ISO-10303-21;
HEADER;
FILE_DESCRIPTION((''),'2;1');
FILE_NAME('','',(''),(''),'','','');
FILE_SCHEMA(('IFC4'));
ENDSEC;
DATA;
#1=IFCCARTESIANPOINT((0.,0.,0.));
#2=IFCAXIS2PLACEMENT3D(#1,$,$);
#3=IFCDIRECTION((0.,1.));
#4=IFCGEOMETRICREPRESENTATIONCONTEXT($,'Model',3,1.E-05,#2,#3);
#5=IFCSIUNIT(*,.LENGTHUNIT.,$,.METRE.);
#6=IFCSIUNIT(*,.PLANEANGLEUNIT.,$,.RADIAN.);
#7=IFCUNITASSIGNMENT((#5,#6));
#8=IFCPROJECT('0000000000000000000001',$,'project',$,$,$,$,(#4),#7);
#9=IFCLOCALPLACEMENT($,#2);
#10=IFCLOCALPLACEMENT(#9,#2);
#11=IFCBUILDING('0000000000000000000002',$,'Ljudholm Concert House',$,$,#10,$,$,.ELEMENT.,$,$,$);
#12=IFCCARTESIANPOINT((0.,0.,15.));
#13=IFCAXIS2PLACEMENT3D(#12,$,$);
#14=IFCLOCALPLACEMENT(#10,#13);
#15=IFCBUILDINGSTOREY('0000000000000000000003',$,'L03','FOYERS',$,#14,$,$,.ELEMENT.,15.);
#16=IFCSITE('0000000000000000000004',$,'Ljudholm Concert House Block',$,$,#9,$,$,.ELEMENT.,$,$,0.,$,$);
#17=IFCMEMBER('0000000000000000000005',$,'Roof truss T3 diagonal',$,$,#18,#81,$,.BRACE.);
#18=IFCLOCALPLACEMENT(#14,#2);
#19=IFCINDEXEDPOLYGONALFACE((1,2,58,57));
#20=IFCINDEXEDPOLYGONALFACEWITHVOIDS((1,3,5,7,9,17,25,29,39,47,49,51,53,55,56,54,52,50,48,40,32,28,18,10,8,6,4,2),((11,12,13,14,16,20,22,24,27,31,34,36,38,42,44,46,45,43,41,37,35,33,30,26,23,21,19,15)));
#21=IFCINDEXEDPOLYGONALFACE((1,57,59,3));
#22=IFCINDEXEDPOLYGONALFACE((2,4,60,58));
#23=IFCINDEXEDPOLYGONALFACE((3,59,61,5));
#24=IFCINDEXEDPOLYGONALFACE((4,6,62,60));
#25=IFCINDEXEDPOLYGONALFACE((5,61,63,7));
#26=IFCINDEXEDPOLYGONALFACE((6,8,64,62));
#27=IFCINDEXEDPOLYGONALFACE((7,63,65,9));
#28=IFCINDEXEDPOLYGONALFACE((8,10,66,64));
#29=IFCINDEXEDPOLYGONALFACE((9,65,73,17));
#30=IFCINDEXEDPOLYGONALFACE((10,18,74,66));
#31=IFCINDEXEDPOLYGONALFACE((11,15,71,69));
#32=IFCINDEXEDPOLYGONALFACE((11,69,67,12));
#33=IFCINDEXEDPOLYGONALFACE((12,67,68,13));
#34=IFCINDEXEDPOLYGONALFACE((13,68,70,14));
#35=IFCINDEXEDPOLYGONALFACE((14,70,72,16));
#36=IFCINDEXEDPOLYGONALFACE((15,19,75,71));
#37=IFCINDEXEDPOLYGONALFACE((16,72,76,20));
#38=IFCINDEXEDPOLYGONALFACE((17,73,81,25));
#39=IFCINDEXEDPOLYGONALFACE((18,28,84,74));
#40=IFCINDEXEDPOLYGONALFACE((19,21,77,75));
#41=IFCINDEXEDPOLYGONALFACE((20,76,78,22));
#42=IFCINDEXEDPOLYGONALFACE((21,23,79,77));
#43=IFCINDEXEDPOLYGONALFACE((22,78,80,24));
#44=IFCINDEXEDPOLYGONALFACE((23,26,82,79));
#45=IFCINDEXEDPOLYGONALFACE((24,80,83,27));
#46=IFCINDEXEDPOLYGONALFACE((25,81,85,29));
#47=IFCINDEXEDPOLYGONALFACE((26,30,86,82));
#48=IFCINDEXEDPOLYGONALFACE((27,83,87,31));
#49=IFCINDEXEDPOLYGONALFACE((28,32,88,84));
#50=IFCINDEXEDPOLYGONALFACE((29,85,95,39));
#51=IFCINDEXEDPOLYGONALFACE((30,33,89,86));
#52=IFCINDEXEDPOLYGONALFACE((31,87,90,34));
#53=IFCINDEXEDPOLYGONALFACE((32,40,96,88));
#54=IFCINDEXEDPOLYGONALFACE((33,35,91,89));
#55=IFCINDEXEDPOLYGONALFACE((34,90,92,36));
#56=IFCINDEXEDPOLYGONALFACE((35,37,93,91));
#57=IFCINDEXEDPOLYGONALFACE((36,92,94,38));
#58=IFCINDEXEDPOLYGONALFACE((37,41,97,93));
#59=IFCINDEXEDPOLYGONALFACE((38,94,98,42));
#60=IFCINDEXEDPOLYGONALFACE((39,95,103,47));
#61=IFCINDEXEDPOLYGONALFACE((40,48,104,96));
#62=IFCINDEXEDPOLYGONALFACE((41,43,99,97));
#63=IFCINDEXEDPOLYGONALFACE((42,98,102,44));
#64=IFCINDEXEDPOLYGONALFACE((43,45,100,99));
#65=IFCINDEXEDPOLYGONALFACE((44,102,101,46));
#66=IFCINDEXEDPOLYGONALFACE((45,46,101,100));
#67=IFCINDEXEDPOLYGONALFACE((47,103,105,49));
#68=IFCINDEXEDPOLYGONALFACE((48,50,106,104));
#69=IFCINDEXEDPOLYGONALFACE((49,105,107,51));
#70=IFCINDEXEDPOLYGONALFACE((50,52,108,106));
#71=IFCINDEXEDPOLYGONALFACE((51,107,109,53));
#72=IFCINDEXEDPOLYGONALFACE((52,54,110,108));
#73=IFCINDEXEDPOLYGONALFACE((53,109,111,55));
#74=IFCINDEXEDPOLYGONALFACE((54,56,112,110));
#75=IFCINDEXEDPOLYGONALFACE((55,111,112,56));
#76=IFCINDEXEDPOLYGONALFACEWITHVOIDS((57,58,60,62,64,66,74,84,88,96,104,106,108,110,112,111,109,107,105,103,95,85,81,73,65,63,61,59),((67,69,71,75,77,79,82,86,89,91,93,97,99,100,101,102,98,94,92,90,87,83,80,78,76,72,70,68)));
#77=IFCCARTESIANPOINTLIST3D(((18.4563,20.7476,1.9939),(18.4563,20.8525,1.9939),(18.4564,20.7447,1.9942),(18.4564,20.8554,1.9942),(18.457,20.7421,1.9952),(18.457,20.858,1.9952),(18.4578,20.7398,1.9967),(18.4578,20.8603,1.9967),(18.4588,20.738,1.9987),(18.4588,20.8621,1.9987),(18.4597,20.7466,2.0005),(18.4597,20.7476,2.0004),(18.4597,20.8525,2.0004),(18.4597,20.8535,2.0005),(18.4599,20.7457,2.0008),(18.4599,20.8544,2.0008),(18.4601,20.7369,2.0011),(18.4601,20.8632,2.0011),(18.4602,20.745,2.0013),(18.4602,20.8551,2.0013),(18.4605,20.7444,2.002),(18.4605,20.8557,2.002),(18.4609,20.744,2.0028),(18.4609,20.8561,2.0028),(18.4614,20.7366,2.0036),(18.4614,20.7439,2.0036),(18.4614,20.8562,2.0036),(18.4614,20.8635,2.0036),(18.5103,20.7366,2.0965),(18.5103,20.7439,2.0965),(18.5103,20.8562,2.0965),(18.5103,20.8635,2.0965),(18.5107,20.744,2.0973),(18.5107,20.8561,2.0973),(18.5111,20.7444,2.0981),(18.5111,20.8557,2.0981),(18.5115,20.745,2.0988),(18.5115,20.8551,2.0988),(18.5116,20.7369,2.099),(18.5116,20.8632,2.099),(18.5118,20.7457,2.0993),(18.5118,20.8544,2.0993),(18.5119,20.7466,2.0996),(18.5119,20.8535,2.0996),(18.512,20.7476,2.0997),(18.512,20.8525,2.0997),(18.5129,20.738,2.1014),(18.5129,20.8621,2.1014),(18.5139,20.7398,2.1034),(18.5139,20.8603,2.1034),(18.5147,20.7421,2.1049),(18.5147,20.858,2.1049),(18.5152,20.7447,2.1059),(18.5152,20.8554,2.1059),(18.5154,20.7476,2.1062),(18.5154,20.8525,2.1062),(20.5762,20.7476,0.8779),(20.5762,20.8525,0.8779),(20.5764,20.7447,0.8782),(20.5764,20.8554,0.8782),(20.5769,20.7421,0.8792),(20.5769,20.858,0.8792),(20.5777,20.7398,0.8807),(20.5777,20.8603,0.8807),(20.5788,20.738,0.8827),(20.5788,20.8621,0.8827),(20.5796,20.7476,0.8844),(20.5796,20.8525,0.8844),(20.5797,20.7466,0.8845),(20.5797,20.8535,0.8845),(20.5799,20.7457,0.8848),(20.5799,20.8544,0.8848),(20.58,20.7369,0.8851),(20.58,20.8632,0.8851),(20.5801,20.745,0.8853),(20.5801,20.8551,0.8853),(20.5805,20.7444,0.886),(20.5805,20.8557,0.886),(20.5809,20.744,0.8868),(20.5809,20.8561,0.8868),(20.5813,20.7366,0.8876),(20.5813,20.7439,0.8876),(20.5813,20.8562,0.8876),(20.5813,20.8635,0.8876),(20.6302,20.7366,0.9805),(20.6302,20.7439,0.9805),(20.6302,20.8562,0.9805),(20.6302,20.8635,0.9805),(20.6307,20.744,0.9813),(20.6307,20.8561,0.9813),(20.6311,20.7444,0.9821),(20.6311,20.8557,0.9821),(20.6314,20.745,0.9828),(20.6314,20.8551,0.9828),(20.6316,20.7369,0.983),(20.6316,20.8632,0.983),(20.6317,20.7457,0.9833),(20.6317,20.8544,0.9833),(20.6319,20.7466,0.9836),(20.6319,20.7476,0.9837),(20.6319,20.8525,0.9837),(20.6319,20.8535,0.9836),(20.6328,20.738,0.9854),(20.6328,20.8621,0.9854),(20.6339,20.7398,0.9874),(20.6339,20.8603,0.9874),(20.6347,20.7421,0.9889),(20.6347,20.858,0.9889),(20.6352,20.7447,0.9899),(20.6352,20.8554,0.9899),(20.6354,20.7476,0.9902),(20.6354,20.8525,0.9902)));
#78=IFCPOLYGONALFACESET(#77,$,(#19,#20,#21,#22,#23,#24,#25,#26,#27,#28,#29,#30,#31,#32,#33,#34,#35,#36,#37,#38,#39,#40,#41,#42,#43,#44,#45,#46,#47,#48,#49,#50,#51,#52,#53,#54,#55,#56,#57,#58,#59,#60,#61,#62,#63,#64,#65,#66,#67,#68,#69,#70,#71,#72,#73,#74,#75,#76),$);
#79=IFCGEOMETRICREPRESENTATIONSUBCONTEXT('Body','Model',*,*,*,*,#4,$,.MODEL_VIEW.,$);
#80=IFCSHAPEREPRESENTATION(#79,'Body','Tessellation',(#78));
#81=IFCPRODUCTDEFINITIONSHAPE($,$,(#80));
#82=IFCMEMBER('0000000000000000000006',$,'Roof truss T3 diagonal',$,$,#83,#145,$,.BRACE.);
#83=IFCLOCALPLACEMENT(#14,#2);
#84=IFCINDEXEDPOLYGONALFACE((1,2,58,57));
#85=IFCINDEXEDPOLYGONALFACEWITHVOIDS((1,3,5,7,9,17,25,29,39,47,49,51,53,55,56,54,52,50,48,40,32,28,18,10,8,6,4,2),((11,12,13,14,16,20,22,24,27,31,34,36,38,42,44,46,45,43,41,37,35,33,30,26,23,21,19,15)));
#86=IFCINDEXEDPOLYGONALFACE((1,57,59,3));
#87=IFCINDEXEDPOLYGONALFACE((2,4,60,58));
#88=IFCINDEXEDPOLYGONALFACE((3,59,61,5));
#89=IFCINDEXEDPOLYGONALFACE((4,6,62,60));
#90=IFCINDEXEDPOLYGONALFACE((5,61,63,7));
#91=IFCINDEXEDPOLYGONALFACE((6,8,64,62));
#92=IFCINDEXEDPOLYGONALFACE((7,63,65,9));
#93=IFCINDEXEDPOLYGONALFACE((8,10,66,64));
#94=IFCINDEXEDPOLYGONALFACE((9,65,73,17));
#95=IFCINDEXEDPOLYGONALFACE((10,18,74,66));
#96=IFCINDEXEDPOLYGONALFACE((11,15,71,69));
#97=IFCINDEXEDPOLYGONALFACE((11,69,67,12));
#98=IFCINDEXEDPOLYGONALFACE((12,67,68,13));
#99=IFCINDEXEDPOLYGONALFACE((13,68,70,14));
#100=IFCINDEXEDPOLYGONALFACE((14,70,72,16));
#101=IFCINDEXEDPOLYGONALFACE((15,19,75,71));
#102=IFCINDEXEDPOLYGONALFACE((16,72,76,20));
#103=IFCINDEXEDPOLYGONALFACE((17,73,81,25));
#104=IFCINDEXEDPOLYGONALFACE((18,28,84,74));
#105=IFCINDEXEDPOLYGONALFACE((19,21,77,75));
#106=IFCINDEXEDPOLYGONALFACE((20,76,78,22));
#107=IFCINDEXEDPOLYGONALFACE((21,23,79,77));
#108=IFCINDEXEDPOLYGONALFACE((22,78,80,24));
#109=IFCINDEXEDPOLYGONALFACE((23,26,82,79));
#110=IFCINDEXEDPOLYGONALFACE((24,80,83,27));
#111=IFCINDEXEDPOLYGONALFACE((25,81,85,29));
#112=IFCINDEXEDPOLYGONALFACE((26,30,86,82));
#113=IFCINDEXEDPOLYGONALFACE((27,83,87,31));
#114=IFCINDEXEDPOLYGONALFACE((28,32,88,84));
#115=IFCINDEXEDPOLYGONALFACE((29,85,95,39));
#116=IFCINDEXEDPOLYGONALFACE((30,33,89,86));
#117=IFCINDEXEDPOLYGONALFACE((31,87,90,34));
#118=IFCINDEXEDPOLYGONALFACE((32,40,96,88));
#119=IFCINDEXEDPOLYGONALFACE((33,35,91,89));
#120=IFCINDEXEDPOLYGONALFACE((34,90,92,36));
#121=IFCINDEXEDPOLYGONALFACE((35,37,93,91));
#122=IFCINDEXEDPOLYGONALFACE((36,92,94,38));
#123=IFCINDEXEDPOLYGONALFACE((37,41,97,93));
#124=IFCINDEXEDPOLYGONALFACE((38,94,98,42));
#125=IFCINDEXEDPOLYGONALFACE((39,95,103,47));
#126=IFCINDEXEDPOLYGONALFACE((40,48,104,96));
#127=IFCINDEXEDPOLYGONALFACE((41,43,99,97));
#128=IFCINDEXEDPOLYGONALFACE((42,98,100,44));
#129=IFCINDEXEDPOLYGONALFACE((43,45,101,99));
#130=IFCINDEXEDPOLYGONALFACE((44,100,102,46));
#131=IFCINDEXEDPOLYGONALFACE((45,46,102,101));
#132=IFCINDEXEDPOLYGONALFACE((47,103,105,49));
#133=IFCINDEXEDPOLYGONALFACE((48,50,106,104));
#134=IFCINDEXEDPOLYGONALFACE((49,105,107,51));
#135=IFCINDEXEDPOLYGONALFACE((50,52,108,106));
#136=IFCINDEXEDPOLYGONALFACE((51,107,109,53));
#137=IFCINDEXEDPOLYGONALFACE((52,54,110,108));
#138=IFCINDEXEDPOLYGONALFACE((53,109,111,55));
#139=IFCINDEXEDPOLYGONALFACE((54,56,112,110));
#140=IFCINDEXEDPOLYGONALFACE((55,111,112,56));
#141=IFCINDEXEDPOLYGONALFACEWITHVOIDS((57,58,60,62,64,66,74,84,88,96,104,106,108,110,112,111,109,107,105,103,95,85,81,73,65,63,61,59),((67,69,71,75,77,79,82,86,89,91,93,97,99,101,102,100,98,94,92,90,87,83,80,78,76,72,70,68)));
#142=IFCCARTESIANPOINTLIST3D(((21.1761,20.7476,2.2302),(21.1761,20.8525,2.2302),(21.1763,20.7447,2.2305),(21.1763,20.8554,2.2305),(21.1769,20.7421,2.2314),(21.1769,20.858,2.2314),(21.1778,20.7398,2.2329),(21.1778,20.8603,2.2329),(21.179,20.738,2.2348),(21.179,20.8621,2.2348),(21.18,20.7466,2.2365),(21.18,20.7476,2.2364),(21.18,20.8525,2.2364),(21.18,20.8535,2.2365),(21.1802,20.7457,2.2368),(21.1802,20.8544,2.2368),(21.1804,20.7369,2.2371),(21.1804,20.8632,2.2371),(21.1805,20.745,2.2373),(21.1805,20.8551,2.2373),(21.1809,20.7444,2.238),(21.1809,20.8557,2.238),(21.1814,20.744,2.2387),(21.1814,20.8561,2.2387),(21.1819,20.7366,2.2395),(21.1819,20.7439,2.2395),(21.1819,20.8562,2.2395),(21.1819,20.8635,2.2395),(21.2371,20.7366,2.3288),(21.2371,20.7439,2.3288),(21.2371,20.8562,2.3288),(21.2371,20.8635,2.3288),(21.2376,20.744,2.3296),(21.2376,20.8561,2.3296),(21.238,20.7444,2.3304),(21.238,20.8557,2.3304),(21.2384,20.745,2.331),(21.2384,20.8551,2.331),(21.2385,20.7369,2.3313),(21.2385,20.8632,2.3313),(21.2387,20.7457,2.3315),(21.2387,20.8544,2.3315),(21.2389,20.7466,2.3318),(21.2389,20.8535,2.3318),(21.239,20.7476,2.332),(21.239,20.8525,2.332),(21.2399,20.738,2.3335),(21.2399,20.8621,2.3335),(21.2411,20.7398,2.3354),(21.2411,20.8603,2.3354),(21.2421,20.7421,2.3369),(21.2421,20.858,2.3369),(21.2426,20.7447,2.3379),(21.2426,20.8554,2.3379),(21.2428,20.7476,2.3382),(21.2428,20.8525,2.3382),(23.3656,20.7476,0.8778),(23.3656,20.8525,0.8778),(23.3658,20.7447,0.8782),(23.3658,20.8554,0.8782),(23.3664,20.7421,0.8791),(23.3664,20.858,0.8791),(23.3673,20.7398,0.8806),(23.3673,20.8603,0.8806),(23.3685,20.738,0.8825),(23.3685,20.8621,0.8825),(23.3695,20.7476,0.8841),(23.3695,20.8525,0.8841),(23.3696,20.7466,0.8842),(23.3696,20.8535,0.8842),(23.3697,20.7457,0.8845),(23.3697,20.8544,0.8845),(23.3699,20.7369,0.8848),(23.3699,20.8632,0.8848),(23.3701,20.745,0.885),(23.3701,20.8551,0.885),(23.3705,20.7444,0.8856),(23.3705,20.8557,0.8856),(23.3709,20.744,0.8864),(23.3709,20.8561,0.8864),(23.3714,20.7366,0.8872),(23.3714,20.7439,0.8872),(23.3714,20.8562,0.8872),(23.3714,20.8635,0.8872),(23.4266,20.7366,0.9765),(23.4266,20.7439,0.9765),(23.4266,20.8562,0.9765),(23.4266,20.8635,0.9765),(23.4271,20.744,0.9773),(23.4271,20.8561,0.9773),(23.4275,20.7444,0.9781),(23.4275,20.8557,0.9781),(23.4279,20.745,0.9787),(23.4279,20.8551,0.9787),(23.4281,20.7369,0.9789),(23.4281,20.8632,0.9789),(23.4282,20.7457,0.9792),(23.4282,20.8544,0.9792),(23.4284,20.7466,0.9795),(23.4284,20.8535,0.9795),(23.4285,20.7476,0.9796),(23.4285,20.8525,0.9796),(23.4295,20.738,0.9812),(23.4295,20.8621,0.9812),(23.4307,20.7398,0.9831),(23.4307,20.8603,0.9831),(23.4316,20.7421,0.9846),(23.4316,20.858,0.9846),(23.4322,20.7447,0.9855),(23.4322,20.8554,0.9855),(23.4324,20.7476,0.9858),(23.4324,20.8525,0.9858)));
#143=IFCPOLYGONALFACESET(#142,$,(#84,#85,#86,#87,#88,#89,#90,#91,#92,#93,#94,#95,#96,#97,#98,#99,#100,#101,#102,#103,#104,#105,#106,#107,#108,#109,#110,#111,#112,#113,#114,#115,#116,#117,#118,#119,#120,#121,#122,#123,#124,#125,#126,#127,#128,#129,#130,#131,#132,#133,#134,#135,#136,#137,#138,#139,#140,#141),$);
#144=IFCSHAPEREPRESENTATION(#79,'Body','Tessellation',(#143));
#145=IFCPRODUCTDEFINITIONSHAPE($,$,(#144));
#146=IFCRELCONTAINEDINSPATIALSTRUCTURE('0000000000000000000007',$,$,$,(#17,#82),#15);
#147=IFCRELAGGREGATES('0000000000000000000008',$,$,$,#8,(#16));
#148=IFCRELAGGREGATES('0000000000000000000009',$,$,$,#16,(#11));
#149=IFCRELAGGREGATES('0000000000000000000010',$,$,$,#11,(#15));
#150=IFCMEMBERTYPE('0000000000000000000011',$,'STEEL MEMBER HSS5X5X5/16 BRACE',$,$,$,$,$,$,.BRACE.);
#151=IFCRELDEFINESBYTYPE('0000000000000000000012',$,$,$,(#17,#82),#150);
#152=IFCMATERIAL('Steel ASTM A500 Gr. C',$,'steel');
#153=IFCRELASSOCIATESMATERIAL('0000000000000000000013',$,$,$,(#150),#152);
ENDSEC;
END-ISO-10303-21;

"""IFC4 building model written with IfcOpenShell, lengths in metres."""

from ifc_helpers import new_model, si_unit, direction, frame, origin, origin_2d, place, context, subcontext, project, spatial, hollow_rectangle, extrude, material, material_profile, profile_set, type_object, element, save


model = new_model("IFC4")

# Units and contexts
model_context = context("Model", 3, precision=1e-05, world=origin(), true_north=direction((0.0, 1.0)))
body_context = subcontext(model_context, "Body", "Model", "MODEL_VIEW")
ifc_project = project(units=[si_unit("LENGTHUNIT", "METRE"), si_unit("PLANEANGLEUNIT", "RADIAN")], contexts=[model_context])

# Site, building, storey
site_placement = place(None, origin())
site = spatial("IfcSite", under=ifc_project, at=site_placement, Name="Ljudholm Concert House Block", CompositionType="ELEMENT", RefElevation=0.0)
building_placement = place(site_placement, origin())
building = spatial("IfcBuilding", under=site, at=building_placement, Name="Ljudholm Concert House", CompositionType="ELEMENT")
storey_placement = place(building_placement, frame((0.0, 0.0, 15.0)))
storey = spatial("IfcBuildingStorey", under=building, at=storey_placement, Name="L03", Description="FOYERS", CompositionType="ELEMENT", Elevation=15.0)

# Members
ifc_material_1 = material(Name="Steel ASTM A500 Gr. C", Category="steel")
ifc_material_profile_1 = material_profile(ifc_material_1, hollow_rectangle(XDim=0.127, YDim=0.127, WallThickness=0.0073, InnerFilletRadius=0.0037, OuterFilletRadius=0.011, at=origin_2d()), Name="HSS5X5X5/16")
ifc_profile_set_1 = profile_set([ifc_material_profile_1], Name="Steel ASTM A500 Gr. C")
member_type_1 = type_object("IfcMemberType", Name="STEEL MEMBER HSS5X5X5/16 BRACE", PredefinedType="BRACE", material=ifc_profile_set_1)
member_1_placement = place(storey_placement, frame((18.4858, 20.8, 2.05), z_axis=(0.884876, 0.0, -0.465826), x_axis=(0.0, 1.0, 0.0)))
element("IfcMember", 1, at=member_1_placement, inside=storey, type_object=member_type_1, Name="Roof truss T3 diagonal", PredefinedType="BRACE", context=body_context, shape_type="SweptSolid", body=[
    extrude(hollow_rectangle(XDim=0.127, YDim=0.127, WallThickness=0.0073, InnerFilletRadius=0.0037, OuterFilletRadius=0.011, at=origin_2d()), origin(), (0.0, 0.0, 1.0), 2.3958),
])
member_2_placement = place(storey_placement, frame((21.2095, 20.8, 2.2842), z_axis=(0.8508, 0.0, -0.525489), x_axis=(0.0, 1.0, 0.0)))
element("IfcMember", 2, at=member_2_placement, inside=storey, type_object=member_type_1, Name="Roof truss T3 diagonal", PredefinedType="BRACE", context=body_context, shape_type="SweptSolid", body=[
    extrude(hollow_rectangle(XDim=0.127, YDim=0.127, WallThickness=0.0073, InnerFilletRadius=0.0037, OuterFilletRadius=0.011, at=origin_2d()), origin(), (0.0, 0.0, 1.0), 2.5735),
])

save(model, "model.ifc")
